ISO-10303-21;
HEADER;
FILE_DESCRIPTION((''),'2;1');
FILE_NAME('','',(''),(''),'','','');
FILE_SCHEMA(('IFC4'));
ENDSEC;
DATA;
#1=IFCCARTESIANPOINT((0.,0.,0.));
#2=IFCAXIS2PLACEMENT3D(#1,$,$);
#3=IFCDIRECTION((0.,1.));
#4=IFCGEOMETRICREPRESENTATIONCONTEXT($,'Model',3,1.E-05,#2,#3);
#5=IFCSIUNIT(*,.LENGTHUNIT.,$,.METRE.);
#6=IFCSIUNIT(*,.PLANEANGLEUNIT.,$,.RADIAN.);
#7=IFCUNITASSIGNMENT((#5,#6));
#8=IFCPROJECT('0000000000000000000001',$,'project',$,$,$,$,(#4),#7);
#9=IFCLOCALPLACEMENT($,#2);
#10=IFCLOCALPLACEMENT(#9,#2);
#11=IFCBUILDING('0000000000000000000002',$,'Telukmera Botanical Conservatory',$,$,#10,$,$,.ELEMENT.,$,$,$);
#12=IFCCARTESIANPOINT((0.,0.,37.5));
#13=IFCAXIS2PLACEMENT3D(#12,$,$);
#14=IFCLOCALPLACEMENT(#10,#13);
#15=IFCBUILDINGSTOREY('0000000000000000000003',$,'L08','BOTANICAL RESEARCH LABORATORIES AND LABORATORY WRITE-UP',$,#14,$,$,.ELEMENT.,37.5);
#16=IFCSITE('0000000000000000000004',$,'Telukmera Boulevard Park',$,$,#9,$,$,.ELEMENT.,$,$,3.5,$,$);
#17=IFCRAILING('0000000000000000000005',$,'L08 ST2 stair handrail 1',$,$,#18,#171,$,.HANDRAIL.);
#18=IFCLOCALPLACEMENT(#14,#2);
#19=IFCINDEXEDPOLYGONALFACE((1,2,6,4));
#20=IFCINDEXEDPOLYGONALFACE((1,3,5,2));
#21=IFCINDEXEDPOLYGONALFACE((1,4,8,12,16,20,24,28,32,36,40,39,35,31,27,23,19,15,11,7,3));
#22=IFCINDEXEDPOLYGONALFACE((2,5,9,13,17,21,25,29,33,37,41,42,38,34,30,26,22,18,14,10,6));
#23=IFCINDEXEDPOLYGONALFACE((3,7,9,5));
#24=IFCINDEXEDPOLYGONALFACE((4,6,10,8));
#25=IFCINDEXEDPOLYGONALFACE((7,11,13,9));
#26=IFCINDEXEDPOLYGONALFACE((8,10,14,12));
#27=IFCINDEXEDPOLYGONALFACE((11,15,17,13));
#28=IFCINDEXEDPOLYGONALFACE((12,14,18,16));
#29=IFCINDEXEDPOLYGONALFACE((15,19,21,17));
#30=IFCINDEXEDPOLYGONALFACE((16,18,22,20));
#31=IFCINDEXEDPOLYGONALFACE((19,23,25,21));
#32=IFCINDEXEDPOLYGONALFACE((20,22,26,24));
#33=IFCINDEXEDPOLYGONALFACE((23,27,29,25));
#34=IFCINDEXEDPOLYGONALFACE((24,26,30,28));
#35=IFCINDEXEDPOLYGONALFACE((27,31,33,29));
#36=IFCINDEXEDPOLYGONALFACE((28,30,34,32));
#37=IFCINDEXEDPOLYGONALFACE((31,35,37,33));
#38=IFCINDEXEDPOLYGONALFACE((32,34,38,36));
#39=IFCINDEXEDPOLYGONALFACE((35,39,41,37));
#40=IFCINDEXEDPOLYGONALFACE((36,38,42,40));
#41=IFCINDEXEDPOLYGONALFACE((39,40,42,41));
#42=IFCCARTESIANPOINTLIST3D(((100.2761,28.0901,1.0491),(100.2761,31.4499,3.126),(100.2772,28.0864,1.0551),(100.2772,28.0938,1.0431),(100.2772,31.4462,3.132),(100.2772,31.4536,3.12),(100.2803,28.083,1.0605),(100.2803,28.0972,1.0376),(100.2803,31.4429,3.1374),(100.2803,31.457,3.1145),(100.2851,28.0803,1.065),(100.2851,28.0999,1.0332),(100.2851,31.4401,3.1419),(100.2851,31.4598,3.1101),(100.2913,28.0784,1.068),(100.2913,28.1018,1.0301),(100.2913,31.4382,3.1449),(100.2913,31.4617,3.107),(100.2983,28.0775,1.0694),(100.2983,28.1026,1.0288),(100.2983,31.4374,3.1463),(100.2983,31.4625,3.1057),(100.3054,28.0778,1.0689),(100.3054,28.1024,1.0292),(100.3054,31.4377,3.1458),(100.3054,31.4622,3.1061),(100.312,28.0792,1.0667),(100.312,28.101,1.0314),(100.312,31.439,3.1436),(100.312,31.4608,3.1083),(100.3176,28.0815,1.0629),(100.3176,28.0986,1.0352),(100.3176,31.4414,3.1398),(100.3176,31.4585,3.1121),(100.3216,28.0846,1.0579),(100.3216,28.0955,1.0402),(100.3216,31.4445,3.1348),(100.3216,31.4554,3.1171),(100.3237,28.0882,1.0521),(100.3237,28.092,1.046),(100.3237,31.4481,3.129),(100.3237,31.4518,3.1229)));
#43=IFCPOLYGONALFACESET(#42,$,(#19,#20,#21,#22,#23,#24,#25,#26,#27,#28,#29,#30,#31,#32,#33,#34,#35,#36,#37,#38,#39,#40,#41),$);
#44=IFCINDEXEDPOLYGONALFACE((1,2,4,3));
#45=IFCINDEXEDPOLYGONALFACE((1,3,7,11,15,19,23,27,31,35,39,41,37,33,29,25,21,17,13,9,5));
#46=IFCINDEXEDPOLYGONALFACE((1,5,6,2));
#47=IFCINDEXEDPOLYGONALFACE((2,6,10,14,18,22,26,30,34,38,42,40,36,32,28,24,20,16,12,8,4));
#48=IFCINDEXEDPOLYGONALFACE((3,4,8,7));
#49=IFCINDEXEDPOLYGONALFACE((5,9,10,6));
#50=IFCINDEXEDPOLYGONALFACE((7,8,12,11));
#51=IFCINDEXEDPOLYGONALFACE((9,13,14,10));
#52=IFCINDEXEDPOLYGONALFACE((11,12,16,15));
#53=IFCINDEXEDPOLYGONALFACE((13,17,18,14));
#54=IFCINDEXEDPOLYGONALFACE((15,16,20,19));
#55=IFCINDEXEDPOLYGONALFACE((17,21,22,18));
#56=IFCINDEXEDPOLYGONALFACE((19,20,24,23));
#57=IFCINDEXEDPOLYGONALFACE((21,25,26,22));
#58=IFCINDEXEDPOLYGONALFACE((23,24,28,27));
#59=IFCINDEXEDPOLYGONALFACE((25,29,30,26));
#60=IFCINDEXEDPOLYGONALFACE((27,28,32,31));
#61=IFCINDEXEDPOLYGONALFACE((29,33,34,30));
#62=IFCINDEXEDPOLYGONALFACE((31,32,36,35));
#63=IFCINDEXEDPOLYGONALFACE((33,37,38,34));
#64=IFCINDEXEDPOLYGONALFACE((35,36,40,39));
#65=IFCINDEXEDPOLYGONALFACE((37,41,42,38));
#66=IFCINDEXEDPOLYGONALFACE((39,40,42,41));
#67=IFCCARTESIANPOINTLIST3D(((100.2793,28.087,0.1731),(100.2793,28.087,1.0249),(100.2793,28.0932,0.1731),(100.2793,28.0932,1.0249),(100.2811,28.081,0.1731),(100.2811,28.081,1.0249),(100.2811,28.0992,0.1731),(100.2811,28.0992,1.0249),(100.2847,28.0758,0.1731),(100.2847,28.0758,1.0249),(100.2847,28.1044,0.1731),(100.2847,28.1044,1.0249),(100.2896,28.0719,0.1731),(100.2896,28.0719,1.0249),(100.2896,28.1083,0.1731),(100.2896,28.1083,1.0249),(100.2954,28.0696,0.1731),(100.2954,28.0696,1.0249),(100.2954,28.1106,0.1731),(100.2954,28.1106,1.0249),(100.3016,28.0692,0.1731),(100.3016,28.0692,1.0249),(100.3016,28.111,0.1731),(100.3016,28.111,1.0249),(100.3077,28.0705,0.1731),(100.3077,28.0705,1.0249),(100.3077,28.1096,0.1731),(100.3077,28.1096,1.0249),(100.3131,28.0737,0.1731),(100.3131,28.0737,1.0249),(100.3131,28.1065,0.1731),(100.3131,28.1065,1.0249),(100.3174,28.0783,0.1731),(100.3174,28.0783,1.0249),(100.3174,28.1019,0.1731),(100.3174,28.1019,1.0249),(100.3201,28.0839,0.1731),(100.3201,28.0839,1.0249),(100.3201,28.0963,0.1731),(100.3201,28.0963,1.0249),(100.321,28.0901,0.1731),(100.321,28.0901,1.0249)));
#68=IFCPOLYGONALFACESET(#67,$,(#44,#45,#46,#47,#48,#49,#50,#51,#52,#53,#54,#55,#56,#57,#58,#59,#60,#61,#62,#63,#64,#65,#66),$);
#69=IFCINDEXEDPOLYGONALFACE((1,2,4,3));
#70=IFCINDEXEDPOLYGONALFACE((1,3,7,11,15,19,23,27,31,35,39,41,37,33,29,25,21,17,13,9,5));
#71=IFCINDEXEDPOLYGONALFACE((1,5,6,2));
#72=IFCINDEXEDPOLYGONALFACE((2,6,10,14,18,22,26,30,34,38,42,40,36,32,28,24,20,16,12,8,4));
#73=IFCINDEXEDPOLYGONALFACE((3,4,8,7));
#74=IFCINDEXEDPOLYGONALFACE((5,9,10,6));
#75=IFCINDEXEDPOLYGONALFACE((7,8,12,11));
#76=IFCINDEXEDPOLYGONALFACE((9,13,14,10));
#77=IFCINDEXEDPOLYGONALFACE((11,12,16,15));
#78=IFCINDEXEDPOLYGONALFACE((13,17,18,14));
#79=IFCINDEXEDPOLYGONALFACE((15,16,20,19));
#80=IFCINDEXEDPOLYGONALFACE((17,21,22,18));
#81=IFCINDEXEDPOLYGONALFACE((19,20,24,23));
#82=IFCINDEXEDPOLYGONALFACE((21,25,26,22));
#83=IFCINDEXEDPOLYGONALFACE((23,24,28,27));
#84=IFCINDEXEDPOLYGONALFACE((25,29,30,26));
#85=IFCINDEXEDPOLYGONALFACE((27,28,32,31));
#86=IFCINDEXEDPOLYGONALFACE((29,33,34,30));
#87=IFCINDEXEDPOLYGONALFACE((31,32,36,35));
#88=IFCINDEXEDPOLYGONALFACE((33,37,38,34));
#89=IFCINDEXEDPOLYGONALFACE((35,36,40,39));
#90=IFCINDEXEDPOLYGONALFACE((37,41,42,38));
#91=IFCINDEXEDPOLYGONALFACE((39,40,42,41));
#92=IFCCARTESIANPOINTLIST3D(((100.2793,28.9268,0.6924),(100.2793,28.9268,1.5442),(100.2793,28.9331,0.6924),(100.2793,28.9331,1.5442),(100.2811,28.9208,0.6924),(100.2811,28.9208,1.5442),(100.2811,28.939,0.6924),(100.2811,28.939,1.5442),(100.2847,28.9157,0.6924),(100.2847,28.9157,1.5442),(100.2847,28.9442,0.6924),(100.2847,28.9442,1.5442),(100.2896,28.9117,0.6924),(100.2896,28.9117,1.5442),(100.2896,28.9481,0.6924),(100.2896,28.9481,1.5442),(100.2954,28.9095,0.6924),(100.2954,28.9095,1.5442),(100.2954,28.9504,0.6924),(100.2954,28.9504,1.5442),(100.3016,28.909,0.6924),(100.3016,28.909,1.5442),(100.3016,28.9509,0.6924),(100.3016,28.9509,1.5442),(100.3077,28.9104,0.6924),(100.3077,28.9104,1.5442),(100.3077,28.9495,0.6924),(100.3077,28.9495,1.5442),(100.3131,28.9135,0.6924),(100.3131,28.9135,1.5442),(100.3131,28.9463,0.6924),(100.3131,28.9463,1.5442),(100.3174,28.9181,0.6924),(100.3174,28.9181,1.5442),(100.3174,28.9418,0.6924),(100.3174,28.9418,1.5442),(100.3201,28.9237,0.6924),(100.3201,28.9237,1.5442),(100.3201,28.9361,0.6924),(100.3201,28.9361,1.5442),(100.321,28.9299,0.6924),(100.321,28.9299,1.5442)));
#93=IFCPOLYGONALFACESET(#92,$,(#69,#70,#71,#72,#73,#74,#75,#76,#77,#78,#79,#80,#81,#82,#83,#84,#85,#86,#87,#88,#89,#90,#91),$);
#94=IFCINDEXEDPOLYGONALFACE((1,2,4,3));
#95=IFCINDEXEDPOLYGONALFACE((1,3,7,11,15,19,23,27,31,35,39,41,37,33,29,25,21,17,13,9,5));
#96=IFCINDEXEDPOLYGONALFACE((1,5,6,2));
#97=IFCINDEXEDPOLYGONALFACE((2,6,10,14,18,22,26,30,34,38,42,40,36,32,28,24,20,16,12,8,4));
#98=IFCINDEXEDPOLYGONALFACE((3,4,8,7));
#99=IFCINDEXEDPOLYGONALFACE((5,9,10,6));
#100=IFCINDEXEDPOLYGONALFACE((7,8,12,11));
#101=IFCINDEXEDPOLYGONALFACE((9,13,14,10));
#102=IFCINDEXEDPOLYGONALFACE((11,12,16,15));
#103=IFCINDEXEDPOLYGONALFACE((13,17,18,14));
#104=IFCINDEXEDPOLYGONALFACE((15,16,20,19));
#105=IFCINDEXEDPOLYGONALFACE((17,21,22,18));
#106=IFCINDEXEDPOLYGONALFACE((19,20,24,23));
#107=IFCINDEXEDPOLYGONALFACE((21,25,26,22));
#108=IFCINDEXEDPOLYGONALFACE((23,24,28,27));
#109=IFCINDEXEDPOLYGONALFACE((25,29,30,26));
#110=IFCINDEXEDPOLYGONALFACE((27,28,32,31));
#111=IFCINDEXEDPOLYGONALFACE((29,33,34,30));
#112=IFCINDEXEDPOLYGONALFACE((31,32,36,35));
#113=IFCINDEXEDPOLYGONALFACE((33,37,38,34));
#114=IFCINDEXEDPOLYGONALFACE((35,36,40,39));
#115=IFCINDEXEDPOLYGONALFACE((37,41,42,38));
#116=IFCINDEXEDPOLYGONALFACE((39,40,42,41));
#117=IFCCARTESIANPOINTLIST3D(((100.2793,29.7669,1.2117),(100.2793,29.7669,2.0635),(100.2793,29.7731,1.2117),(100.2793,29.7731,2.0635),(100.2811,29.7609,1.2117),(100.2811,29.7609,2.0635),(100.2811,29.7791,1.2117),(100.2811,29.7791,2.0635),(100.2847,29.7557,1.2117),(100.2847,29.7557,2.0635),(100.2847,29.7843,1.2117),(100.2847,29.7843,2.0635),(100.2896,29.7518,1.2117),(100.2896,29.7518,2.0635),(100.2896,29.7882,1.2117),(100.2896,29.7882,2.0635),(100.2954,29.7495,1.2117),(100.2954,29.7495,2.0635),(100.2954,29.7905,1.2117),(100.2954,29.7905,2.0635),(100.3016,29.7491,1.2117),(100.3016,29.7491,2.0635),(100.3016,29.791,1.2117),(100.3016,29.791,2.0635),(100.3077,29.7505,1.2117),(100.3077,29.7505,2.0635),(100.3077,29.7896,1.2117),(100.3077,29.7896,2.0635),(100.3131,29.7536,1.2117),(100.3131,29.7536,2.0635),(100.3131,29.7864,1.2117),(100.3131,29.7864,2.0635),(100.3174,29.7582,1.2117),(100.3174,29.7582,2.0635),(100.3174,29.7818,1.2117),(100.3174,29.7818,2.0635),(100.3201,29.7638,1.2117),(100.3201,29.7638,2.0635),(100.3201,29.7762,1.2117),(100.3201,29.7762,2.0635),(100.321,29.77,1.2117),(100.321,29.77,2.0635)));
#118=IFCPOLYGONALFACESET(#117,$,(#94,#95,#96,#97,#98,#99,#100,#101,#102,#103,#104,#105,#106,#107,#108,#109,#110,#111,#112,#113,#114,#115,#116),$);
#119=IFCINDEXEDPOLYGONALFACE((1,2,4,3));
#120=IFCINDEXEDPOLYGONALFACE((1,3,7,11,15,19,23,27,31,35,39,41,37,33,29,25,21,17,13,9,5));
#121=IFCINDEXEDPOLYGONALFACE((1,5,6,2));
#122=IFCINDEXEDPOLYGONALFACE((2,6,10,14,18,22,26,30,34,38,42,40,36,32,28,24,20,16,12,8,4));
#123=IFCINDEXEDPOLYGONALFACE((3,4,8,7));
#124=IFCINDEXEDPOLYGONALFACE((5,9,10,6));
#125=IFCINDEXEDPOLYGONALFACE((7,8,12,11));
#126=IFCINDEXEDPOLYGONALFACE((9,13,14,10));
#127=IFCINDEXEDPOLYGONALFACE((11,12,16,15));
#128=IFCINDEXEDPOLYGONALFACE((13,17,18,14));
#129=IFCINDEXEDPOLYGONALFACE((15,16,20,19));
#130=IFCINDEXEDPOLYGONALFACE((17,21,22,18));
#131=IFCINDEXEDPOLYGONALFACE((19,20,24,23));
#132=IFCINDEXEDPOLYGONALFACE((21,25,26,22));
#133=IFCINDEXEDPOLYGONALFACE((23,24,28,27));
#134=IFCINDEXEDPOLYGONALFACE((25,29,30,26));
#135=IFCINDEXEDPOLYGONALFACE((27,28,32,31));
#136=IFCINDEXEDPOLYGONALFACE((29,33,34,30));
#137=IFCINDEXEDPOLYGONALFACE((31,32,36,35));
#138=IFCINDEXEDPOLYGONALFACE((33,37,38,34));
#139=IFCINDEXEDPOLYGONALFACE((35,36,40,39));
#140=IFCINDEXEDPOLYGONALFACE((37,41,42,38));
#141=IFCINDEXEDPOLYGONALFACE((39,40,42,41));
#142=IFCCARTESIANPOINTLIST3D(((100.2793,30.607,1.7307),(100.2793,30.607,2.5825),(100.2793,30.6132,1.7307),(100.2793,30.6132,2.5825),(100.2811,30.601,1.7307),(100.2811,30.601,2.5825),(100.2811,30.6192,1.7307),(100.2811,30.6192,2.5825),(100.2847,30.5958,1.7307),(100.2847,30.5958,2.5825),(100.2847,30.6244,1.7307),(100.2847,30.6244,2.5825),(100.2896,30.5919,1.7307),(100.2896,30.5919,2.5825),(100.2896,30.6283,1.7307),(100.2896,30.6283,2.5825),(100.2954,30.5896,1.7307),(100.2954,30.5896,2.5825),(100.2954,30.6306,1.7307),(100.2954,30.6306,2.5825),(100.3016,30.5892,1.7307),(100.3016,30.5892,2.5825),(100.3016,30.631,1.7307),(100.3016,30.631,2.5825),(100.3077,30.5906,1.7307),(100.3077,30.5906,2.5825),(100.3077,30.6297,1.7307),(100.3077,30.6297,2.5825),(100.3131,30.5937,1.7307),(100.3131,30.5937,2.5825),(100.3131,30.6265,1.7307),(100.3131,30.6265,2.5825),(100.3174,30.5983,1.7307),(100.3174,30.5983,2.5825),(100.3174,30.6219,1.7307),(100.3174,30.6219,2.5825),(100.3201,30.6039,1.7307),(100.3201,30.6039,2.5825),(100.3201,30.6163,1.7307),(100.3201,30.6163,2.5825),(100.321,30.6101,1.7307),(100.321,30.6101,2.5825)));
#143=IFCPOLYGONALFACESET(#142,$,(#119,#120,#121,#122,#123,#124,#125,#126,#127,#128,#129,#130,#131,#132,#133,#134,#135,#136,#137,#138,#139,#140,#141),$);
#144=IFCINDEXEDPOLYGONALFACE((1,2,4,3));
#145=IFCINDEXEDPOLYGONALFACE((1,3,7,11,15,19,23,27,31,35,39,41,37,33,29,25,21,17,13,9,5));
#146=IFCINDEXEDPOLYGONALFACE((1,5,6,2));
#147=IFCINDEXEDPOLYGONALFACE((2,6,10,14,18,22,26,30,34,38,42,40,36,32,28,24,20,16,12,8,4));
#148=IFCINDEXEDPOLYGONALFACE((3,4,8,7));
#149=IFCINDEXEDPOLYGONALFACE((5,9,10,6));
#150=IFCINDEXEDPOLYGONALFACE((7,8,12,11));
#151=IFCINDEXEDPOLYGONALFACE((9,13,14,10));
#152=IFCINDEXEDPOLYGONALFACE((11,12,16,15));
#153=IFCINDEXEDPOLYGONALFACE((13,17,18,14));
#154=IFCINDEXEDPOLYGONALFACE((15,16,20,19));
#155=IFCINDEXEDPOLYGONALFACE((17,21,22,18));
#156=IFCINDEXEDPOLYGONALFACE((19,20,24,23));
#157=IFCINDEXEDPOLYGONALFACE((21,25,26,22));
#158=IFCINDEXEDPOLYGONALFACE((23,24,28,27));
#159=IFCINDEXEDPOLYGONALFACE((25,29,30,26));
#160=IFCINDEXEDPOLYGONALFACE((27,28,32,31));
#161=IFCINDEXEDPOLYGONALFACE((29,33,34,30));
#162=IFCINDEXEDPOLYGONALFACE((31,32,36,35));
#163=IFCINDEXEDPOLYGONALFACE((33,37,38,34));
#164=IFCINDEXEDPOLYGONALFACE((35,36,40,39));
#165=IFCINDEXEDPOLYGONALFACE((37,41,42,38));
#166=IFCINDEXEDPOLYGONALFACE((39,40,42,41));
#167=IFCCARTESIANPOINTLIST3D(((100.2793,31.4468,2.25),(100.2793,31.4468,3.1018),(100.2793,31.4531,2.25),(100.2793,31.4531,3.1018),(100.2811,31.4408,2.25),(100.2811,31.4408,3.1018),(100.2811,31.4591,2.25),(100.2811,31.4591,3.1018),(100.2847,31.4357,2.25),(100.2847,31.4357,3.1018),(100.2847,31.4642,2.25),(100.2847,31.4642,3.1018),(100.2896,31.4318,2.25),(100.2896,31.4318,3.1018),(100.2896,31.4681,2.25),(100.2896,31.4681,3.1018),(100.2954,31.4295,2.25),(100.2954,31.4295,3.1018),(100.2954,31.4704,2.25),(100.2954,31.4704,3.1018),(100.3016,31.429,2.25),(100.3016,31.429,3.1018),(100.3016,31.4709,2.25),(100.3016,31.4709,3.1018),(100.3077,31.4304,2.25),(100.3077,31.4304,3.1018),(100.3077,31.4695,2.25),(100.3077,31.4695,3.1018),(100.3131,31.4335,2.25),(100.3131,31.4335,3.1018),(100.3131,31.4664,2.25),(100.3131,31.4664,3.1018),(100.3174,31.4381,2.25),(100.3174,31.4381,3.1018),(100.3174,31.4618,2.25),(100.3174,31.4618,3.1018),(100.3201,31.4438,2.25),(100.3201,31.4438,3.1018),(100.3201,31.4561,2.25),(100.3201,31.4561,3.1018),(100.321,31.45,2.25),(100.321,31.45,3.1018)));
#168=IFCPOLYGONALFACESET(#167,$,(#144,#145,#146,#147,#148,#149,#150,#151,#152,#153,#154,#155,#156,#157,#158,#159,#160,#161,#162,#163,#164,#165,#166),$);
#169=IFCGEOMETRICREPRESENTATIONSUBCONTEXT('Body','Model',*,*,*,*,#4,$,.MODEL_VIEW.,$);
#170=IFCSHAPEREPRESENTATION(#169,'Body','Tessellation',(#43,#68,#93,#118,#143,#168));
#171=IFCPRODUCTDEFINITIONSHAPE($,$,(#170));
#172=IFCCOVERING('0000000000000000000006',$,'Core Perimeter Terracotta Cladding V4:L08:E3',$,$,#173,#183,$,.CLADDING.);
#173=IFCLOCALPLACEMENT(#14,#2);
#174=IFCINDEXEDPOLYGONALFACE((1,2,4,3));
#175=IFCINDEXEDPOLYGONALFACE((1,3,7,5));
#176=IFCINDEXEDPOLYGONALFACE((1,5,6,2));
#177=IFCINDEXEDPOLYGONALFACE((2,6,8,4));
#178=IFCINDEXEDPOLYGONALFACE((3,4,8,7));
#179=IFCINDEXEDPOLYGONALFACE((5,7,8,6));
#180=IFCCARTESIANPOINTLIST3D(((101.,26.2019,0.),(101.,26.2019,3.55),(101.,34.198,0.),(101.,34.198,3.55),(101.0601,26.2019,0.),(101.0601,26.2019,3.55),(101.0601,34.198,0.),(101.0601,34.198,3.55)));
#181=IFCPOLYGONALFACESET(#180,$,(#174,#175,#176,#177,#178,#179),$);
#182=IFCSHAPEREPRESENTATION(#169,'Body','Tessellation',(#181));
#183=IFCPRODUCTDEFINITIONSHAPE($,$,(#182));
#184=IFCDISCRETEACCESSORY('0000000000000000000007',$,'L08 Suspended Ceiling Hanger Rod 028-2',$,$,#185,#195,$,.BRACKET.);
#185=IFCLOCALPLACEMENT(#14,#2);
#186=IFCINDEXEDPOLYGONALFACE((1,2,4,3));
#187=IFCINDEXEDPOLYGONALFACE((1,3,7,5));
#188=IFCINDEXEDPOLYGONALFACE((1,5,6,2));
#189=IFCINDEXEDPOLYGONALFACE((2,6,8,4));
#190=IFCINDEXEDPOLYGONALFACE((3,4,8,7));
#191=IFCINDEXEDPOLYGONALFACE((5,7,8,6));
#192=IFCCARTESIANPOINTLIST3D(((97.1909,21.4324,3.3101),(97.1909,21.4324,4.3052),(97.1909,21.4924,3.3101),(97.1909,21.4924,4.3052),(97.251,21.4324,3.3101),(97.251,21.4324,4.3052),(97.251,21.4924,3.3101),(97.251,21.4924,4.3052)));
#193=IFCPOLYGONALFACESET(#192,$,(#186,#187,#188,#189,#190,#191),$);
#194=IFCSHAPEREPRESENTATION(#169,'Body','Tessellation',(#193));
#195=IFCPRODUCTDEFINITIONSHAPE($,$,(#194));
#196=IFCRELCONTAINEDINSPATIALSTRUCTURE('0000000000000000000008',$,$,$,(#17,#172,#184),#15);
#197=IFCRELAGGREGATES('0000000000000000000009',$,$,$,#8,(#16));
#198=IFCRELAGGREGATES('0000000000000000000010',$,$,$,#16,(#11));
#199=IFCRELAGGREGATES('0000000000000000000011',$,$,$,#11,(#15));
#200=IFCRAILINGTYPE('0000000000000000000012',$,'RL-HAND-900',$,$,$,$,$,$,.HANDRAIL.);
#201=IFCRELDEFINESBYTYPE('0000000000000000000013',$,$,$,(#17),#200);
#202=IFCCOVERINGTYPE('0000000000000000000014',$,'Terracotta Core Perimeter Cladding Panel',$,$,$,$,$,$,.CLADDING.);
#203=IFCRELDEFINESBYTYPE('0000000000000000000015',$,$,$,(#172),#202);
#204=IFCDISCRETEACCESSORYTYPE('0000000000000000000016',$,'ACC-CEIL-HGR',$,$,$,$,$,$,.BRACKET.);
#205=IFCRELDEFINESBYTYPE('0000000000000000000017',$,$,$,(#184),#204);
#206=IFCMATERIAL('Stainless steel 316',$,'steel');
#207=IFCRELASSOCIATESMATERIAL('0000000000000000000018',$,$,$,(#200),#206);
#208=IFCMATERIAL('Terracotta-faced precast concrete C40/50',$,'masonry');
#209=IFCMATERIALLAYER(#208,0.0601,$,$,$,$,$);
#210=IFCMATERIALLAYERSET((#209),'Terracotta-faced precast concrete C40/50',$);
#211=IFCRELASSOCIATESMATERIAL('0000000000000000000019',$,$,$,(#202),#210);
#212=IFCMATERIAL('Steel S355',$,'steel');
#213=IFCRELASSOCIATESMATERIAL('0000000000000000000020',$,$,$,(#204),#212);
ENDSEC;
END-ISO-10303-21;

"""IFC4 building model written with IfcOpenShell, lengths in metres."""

from ifc_helpers import new_model, si_unit, direction, frame, origin, origin_2d, place, context, subcontext, project, spatial, rectangle, circle, extrude, material, layer, layer_set, type_object, element, save


model = new_model("IFC4")

# Units and contexts
model_context = context("Model", 3, precision=1e-05, world=origin(), true_north=direction((0.0, 1.0)))
body_context = subcontext(model_context, "Body", "Model", "MODEL_VIEW")
ifc_project = project(units=[si_unit("LENGTHUNIT", "METRE"), si_unit("PLANEANGLEUNIT", "RADIAN")], contexts=[model_context])

# Site, building, storey
site_placement = place(None, origin())
site = spatial("IfcSite", under=ifc_project, at=site_placement, Name="Telukmera Boulevard Park", CompositionType="ELEMENT", RefElevation=3.5)
building_placement = place(site_placement, origin())
building = spatial("IfcBuilding", under=site, at=building_placement, Name="Telukmera Botanical Conservatory", CompositionType="ELEMENT")
storey_placement = place(building_placement, frame((0.0, 0.0, 37.5)))
storey = spatial("IfcBuildingStorey", under=building, at=storey_placement, Name="L08", Description="BOTANICAL RESEARCH LABORATORIES AND LABORATORY WRITE-UP", CompositionType="ELEMENT", Elevation=37.5)

# Shared definitions
ifc_material_1 = material(Name="Stainless steel 316", Category="steel")

# Shared definitions
ifc_material_2 = material(Name="Terracotta-faced precast concrete C40/50", Category="masonry")

# Railing
ifc_material_3 = material(Name="Steel S355", Category="steel")
railing_type_1 = type_object("IfcRailingType", Name="RL-HAND-900", PredefinedType="HANDRAIL", material=ifc_material_1)
railing_1_placement = place(storey_placement, frame((100.3, 28.0901, 0.1731)))
element("IfcRailing", 1, at=railing_1_placement, inside=storey, type_object=railing_type_1, Name="L08 ST2 stair handrail 1", PredefinedType="HANDRAIL", context=body_context, shape_type="SweptSolid", body=[
    extrude(circle(Radius=0.0239, at=origin_2d()), frame((0.0, 0.0, 0.876), z_axis=(0.0, 0.850606, 0.525803), x_axis=(-1.0, 0.0, 0.0)), (0.0, 0.0, 1.0), 3.95),
    extrude(circle(Radius=0.021, at=origin_2d()), origin(), (0.0, 0.0, 1.0), 0.8518),
    extrude(circle(Radius=0.021, at=origin_2d()), frame((0.0, 0.8398, 0.5193)), (0.0, 0.0, 1.0), 0.8518),
    extrude(circle(Radius=0.021, at=origin_2d()), frame((0.0, 1.6799, 1.0386)), (0.0, 0.0, 1.0), 0.8518),
    extrude(circle(Radius=0.021, at=origin_2d()), frame((0.0, 2.52, 1.5576)), (0.0, 0.0, 1.0), 0.8518),
    extrude(circle(Radius=0.021, at=origin_2d()), frame((0.0, 3.3599, 2.0769)), (0.0, 0.0, 1.0), 0.8518),
])

# Covering
ifc_layer_1 = layer(ifc_material_2, 0.0601)
ifc_layer_set_1 = layer_set([ifc_layer_1], Name="Terracotta-faced precast concrete C40/50")
covering_type_1 = type_object("IfcCoveringType", Name="Terracotta Core Perimeter Cladding Panel", PredefinedType="CLADDING", material=ifc_layer_set_1)
covering_1_placement = place(storey_placement, frame((101.03, 30.2, 0.0), z_axis=(0.0, 0.0, 1.0), x_axis=(0.0, 1.0, 0.0)))
element("IfcCovering", 2, at=covering_1_placement, inside=storey, type_object=covering_type_1, Name="Core Perimeter Terracotta Cladding V4:L08:E3", PredefinedType="CLADDING", context=body_context, shape_type="SweptSolid", body=[
    extrude(rectangle(XDim=7.9961, YDim=0.0601, at=origin_2d()), origin(), (0.0, 0.0, 1.0), 3.55),
])

# Discrete accessory
discrete_accessory_type = type_object("IfcDiscreteAccessoryType", Name="ACC-CEIL-HGR", PredefinedType="BRACKET", material=ifc_material_3)
discrete_accessory_placement = place(storey_placement, frame((97.2209, 21.4624, 3.3101), z_axis=(0.0, 0.0, 1.0), x_axis=(1.0, 0.0, 0.0)))
element("IfcDiscreteAccessory", 3, at=discrete_accessory_placement, inside=storey, type_object=discrete_accessory_type, Name="L08 Suspended Ceiling Hanger Rod 028-2", PredefinedType="BRACKET", context=body_context, shape_type="SweptSolid", body=[
    extrude(rectangle(XDim=0.0601, YDim=0.0601, at=origin_2d()), origin(), (0.0, 0.0, 1.0), 0.9951),
])

save(model, "model.ifc")
